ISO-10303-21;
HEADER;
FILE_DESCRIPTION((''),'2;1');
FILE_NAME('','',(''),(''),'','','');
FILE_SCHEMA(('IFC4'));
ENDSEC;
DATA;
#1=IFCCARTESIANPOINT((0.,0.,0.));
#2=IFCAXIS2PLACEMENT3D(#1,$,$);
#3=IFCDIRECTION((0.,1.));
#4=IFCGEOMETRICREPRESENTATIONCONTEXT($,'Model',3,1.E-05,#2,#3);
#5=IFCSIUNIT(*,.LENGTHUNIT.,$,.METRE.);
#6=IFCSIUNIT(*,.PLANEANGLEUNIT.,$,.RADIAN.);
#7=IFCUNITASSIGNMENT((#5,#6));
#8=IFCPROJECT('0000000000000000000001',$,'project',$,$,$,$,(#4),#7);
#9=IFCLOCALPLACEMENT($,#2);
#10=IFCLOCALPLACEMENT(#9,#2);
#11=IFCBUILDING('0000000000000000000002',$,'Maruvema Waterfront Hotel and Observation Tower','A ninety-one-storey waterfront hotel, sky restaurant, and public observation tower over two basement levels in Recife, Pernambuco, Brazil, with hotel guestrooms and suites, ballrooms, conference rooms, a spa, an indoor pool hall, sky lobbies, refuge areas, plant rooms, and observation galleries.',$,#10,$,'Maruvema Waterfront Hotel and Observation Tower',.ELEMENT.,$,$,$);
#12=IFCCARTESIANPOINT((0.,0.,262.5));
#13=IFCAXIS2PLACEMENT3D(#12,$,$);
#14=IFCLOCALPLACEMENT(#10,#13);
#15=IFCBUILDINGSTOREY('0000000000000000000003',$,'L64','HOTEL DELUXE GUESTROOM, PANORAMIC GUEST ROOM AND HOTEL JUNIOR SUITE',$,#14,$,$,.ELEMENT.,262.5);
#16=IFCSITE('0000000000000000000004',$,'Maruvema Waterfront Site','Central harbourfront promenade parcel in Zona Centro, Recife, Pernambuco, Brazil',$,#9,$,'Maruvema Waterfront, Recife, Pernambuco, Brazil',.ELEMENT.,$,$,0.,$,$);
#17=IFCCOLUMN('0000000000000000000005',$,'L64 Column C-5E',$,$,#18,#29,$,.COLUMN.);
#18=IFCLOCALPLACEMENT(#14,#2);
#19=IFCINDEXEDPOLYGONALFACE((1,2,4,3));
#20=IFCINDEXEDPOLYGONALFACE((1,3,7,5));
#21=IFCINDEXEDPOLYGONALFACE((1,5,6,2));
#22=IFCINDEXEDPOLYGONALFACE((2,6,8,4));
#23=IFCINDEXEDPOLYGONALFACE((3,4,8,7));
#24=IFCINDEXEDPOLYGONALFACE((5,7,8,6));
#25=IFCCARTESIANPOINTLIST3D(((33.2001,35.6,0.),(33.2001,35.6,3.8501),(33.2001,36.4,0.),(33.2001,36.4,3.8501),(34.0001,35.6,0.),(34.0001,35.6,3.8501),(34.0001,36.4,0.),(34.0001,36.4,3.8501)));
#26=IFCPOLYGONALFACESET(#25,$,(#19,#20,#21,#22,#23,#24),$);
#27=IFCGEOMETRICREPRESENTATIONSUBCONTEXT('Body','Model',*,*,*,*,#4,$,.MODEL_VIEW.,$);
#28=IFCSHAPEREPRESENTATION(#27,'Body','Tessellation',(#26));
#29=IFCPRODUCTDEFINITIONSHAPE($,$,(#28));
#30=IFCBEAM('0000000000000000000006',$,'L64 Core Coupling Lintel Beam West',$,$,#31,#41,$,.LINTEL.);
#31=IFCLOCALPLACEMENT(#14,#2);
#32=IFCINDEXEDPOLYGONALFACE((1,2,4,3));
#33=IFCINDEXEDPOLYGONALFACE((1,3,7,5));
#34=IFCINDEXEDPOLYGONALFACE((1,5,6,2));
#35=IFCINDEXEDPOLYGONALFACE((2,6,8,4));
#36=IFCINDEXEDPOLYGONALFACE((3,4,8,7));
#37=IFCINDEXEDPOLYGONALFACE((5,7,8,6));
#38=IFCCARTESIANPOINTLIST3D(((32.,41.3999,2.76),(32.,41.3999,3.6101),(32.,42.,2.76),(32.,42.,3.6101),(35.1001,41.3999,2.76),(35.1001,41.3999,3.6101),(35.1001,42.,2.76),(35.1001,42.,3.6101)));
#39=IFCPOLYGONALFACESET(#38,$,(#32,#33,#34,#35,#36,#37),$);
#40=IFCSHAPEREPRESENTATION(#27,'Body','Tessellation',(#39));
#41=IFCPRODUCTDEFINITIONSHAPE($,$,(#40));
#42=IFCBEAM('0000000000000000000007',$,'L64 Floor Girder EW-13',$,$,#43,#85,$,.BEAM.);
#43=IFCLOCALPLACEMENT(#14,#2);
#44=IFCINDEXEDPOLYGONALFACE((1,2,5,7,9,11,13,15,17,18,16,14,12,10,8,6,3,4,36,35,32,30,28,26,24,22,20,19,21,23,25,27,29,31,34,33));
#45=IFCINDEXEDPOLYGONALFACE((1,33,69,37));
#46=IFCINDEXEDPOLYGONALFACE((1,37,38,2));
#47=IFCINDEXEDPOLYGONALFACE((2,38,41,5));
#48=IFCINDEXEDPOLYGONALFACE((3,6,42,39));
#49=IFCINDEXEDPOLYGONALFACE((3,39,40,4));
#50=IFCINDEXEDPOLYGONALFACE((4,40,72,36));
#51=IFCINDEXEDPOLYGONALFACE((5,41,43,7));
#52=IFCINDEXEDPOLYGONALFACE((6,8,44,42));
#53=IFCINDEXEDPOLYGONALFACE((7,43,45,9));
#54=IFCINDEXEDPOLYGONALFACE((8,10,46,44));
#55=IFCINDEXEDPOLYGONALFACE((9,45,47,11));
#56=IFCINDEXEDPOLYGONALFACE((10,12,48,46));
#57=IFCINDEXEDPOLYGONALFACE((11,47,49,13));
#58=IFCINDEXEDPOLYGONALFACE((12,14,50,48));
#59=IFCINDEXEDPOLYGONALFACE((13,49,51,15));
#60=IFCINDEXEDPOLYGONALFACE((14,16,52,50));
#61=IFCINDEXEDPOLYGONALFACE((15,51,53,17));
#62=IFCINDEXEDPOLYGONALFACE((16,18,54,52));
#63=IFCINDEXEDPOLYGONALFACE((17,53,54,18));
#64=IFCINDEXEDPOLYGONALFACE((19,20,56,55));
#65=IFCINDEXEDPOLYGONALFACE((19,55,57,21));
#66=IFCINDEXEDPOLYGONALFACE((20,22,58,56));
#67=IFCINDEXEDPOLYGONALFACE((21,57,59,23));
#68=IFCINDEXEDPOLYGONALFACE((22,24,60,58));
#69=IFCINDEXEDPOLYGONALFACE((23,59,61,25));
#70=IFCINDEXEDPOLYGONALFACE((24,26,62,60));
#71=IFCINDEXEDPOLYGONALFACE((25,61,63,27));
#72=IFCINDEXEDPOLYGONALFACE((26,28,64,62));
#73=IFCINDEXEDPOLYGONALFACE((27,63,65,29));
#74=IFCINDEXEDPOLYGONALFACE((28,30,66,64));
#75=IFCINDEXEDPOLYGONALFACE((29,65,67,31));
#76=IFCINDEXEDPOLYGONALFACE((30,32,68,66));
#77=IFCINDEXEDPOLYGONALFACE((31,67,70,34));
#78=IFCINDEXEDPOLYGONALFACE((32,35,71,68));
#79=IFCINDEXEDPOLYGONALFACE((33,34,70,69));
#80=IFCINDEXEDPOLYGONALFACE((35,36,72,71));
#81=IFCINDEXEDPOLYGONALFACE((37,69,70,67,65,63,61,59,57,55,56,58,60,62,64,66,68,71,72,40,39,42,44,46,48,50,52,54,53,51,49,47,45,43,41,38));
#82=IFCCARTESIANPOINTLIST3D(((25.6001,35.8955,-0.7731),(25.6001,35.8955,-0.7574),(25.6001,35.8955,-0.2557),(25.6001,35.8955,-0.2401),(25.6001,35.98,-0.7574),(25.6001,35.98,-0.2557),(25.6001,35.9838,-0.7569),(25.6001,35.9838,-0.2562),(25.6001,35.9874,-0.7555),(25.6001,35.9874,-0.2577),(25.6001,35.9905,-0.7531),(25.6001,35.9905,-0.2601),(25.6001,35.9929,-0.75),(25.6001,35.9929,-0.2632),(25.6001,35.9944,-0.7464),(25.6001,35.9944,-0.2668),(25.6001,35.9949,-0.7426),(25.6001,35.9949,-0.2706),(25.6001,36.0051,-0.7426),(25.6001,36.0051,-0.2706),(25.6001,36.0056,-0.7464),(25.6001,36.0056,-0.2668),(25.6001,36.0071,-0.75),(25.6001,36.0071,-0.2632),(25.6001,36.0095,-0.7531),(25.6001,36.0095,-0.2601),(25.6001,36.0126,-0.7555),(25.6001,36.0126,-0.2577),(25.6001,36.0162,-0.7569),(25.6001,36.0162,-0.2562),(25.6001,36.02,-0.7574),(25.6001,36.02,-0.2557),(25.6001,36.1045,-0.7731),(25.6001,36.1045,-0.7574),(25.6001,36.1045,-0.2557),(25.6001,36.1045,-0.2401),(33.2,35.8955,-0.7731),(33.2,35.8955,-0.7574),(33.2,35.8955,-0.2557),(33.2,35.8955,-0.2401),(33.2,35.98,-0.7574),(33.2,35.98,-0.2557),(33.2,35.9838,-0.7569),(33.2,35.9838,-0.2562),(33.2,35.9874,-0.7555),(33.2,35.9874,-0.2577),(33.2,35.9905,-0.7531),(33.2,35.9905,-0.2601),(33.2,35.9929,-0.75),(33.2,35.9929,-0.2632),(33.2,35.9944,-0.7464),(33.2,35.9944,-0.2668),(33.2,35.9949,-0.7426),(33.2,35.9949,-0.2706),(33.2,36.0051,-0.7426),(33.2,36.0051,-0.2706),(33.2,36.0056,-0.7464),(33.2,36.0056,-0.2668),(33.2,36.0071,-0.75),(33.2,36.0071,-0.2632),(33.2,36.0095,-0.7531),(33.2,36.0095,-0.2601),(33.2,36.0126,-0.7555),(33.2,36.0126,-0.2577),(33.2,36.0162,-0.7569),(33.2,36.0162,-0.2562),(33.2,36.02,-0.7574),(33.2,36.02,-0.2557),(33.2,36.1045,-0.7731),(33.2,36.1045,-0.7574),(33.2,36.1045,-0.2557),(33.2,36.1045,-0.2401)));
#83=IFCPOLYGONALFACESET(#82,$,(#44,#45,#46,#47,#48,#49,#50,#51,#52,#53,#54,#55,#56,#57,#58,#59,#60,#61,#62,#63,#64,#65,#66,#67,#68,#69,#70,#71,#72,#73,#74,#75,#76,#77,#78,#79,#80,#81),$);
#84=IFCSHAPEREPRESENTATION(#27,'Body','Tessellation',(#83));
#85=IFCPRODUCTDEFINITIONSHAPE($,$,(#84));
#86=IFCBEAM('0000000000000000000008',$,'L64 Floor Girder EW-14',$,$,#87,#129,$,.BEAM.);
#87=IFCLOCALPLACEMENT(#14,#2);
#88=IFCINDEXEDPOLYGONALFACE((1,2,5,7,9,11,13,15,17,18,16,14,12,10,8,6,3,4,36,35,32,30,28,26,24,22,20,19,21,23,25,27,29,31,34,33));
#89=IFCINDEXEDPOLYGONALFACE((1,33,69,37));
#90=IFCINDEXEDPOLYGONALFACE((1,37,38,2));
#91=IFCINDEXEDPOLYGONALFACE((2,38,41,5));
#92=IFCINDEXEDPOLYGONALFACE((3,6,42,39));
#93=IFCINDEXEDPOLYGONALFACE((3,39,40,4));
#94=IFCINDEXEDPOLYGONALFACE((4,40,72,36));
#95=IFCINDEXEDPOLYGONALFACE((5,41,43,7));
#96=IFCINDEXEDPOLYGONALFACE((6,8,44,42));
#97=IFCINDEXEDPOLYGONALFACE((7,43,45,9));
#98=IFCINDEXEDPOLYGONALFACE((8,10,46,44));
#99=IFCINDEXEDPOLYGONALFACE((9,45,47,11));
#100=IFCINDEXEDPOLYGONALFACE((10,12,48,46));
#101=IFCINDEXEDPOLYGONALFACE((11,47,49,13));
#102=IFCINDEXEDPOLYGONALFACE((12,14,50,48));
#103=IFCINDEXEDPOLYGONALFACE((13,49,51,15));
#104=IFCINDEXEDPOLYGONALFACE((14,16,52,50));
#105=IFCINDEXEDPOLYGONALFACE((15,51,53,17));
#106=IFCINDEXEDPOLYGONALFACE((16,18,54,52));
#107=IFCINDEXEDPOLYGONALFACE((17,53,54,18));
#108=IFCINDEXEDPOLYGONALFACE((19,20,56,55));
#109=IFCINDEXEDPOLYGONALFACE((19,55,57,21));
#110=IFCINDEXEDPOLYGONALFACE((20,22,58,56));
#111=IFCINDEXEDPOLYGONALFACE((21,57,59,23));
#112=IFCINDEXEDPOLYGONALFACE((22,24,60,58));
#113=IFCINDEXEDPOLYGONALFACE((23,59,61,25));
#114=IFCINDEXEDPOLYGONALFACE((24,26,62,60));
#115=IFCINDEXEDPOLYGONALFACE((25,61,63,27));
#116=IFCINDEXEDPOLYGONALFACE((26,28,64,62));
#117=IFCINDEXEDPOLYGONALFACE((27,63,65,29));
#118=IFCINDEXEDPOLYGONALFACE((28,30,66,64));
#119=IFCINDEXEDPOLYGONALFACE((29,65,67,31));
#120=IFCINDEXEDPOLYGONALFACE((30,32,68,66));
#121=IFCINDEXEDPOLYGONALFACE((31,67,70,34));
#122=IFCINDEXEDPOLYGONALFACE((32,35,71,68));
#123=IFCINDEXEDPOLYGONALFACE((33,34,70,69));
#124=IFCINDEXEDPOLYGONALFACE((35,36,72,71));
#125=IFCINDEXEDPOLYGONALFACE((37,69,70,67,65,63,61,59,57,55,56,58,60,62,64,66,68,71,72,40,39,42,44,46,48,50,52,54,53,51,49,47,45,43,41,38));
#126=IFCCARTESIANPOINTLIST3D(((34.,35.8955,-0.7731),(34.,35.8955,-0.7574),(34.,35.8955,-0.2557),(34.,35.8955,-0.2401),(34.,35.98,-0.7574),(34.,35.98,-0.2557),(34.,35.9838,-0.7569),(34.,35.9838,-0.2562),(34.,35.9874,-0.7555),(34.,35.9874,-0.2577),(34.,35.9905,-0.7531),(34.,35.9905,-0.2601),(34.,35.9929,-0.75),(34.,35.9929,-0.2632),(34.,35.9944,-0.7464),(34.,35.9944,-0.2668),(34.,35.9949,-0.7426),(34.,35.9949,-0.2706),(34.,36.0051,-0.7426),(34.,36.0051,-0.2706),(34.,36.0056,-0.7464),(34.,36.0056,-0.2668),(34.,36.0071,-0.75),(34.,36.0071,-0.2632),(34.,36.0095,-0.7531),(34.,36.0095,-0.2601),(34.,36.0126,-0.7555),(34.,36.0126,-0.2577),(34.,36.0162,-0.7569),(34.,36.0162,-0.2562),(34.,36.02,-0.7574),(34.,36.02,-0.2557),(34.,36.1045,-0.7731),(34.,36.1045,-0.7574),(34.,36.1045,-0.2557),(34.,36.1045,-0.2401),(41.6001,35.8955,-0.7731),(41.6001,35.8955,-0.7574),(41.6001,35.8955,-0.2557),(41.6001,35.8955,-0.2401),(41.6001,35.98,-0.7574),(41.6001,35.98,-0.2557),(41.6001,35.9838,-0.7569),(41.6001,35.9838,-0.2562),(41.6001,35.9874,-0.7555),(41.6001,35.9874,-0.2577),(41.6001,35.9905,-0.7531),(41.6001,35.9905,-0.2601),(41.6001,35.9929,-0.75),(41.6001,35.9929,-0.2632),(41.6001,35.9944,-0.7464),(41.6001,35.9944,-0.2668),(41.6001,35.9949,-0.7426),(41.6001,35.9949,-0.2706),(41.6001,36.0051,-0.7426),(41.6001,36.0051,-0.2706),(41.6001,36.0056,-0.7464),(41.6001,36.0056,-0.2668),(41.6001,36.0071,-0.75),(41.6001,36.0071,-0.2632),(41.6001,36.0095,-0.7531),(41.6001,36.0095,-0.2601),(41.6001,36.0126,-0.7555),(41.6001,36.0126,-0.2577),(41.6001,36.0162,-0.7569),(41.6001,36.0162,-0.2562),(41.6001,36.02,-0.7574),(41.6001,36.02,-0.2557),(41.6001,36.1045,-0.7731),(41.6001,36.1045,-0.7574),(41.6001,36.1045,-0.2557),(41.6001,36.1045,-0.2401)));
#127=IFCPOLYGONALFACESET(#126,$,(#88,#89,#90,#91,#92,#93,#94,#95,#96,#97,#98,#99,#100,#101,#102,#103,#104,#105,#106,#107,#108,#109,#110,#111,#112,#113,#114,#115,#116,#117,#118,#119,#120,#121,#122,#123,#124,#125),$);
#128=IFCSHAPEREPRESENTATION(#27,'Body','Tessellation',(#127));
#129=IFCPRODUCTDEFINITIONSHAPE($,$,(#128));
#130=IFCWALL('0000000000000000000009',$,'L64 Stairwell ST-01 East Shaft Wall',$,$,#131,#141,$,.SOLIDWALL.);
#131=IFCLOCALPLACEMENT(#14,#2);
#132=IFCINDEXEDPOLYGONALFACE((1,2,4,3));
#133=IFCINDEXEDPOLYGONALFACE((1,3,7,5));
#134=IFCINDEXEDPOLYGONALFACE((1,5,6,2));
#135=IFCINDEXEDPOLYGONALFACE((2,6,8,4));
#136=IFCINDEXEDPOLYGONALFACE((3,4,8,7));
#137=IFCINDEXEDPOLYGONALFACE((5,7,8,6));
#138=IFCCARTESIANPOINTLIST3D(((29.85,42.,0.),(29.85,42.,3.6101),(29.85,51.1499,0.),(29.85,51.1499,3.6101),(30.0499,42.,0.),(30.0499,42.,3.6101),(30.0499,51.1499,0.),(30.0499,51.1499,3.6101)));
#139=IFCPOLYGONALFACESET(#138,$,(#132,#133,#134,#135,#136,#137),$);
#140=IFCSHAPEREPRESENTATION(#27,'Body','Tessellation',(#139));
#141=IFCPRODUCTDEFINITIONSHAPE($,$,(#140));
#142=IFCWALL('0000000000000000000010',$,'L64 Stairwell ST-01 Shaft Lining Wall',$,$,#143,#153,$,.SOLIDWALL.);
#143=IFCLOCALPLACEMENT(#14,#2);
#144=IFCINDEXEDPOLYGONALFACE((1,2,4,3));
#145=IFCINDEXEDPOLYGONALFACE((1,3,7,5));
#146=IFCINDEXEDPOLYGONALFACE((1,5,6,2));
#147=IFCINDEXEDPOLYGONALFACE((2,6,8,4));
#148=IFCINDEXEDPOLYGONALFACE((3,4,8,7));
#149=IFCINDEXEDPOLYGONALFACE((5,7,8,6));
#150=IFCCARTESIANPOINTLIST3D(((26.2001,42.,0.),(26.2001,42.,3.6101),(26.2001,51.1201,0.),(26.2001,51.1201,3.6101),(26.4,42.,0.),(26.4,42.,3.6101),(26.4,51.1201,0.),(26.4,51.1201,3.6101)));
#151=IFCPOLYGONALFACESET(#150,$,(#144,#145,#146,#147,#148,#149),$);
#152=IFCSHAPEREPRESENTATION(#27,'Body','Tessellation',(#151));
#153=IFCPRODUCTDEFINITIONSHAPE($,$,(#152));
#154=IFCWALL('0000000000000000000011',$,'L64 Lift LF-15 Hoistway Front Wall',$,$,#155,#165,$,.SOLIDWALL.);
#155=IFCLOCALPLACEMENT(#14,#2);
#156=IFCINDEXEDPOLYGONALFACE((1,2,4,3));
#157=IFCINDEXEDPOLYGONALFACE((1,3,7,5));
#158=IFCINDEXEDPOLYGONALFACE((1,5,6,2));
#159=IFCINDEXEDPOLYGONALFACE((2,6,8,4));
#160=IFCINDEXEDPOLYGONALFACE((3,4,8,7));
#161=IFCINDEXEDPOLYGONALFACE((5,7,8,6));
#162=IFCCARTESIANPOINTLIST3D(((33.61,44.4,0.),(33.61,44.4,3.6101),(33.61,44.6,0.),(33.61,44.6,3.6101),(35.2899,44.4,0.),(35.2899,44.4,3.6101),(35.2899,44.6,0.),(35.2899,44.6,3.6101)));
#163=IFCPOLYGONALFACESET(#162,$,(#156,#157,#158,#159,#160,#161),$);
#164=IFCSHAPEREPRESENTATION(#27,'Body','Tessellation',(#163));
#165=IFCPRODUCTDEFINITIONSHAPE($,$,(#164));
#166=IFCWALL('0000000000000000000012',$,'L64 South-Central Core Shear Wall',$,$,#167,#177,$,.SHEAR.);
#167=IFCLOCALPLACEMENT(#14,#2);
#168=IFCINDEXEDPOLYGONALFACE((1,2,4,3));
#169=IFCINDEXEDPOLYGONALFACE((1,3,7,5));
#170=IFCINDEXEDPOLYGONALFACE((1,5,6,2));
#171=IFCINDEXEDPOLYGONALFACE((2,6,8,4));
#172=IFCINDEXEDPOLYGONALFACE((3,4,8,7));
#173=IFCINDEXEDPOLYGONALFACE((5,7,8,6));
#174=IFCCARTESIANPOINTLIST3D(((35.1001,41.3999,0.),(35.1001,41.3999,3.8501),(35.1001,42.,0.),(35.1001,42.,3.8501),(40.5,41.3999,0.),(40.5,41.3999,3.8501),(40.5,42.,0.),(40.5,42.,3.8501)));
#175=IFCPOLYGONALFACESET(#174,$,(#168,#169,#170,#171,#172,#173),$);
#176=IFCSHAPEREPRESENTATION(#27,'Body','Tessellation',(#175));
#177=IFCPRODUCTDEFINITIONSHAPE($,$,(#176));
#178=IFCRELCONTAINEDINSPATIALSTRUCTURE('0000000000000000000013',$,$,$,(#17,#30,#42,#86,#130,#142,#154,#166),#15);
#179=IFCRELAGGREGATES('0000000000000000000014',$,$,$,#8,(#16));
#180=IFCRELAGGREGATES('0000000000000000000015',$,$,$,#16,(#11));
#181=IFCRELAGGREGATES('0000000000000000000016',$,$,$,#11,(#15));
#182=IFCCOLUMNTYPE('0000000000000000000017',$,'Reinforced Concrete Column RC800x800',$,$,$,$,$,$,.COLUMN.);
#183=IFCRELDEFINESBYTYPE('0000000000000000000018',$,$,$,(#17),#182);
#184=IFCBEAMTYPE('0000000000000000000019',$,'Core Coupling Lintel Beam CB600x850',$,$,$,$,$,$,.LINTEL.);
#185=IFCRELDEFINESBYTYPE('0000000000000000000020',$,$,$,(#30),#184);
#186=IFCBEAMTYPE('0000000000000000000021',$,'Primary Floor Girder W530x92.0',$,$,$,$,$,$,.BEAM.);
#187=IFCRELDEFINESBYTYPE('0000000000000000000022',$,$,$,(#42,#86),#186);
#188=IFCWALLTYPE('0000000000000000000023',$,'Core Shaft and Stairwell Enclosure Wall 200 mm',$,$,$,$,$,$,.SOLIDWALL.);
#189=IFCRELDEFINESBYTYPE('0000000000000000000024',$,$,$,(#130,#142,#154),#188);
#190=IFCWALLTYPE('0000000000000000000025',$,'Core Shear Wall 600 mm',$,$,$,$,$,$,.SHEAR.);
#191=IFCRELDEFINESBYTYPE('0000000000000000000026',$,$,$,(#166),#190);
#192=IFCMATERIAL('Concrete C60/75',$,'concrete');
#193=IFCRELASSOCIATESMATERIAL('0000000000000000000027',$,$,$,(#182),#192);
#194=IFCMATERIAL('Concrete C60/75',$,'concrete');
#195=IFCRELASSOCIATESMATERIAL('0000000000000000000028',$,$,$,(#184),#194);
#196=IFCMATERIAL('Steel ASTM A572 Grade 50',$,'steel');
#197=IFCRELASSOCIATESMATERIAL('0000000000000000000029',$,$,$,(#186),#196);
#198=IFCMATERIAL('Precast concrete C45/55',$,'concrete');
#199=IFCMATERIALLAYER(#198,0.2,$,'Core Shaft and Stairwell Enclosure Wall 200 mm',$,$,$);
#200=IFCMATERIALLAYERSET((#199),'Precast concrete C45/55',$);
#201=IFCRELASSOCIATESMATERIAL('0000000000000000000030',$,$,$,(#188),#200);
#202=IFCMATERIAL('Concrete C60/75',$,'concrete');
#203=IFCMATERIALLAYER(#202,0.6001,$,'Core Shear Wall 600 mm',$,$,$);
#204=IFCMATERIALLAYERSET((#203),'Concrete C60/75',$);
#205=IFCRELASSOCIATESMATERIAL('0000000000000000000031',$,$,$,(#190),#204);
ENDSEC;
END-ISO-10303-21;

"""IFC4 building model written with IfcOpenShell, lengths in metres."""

from ifc_helpers import new_model, si_unit, direction, frame, frame_2d, origin, origin_2d, place, context, subcontext, project, spatial, rectangle, i_section, extrude, material, layer, layer_set, material_profile, profile_set, type_object, element, save


model = new_model("IFC4")

# Units and contexts
model_context = context("Model", 3, precision=1e-05, world=origin(), true_north=direction((0.0, 1.0)))
body_context = subcontext(model_context, "Body", "Model", "MODEL_VIEW")
ifc_project = project(units=[si_unit("LENGTHUNIT", "METRE"), si_unit("PLANEANGLEUNIT", "RADIAN")], contexts=[model_context])

# Site, building, storey
site_placement = place(None, origin())
site = spatial("IfcSite", under=ifc_project, at=site_placement, Name="Maruvema Waterfront Site", Description="Central harbourfront promenade parcel in Zona Centro, Recife, Pernambuco, Brazil", LongName="Maruvema Waterfront, Recife, Pernambuco, Brazil", CompositionType="ELEMENT", RefElevation=0.0)
building_placement = place(site_placement, origin())
building = spatial("IfcBuilding", under=site, at=building_placement, Name="Maruvema Waterfront Hotel and Observation Tower", Description="A ninety-one-storey waterfront hotel, sky restaurant, and public observation tower over two basement levels in Recife, Pernambuco, Brazil, with hotel guestrooms and suites, ballrooms, conference rooms, a spa, an indoor pool hall, sky lobbies, refuge areas, plant rooms, and observation galleries.", LongName="Maruvema Waterfront Hotel and Observation Tower", CompositionType="ELEMENT")
storey_placement = place(building_placement, frame((0.0, 0.0, 262.5)))
storey = spatial("IfcBuildingStorey", under=building, at=storey_placement, Name="L64", Description="HOTEL DELUXE GUESTROOM, PANORAMIC GUEST ROOM AND HOTEL JUNIOR SUITE", CompositionType="ELEMENT", Elevation=262.5)

# Column
ifc_material_1 = material(Name="Concrete C60/75", Category="concrete")
ifc_material_profile_1 = material_profile(ifc_material_1, rectangle(XDim=0.8, YDim=0.8, at=origin_2d()), Name="RC800x800")
ifc_profile_set_1 = profile_set([ifc_material_profile_1], Name="Concrete C60/75")
column_type = type_object("IfcColumnType", Name="Reinforced Concrete Column RC800x800", PredefinedType="COLUMN", material=ifc_profile_set_1)
column_placement = place(storey_placement, frame((33.6001, 36.0, 0.0), z_axis=(0.0, 0.0, 1.0), x_axis=(1.0, 0.0, 0.0)))
element("IfcColumn", 1, at=column_placement, inside=storey, type_object=column_type, Name="L64 Column C-5E", PredefinedType="COLUMN", context=body_context, shape_type="SweptSolid", body=[
    extrude(rectangle(XDim=0.8, YDim=0.8, at=origin_2d()), origin(), (0.0, 0.0, 1.0), 3.8501),
])

# Beams
ifc_material_2 = material(Name="Concrete C60/75", Category="concrete")
ifc_material_profile_2 = material_profile(ifc_material_2, rectangle(XDim=0.6001, YDim=0.8501, at=origin_2d()), Name="CB600x850")
ifc_profile_set_2 = profile_set([ifc_material_profile_2], Name="Concrete C60/75")
beam_type_1 = type_object("IfcBeamType", Name="Core Coupling Lintel Beam CB600x850", PredefinedType="LINTEL", material=ifc_profile_set_2)
beam_1_placement = place(storey_placement, frame((32.0, 41.7, 3.1851), z_axis=(1.0, 0.0, 0.0), x_axis=(0.0, 1.0, 0.0)))
element("IfcBeam", 2, at=beam_1_placement, inside=storey, type_object=beam_type_1, Name="L64 Core Coupling Lintel Beam West", PredefinedType="LINTEL", context=body_context, shape_type="SweptSolid", body=[
    extrude(rectangle(XDim=0.6001, YDim=0.8501, at=origin_2d()), origin(), (0.0, 0.0, 1.0), 3.1001),
])
ifc_material_3 = material(Name="Steel ASTM A572 Grade 50", Category="steel")
ifc_material_profile_3 = material_profile(ifc_material_3, i_section(OverallWidth=0.209, OverallDepth=0.533, WebThickness=0.0103, FlangeThickness=0.0156, FilletRadius=0.0149, at=origin_2d()), Name="W530x92.0")
ifc_profile_set_3 = profile_set([ifc_material_profile_3], Name="Steel ASTM A572 Grade 50")
beam_type_2 = type_object("IfcBeamType", Name="Primary Floor Girder W530x92.0", PredefinedType="BEAM", material=ifc_profile_set_3)
beam_2_placement = place(storey_placement, frame((25.6001, 36.0, -0.5066), z_axis=(1.0, 0.0, 0.0), x_axis=(0.0, 1.0, 0.0)))
element("IfcBeam", 3, at=beam_2_placement, inside=storey, type_object=beam_type_2, Name="L64 Floor Girder EW-13", PredefinedType="BEAM", context=body_context, shape_type="SweptSolid", body=[
    extrude(i_section(OverallWidth=0.209, OverallDepth=0.533, WebThickness=0.0103, FlangeThickness=0.0156, FilletRadius=0.0149, at=origin_2d()), origin(), (0.0, 0.0, 1.0), 7.5999),
])
beam_3_placement = place(storey_placement, frame((34.0, 36.0, -0.5066), z_axis=(1.0, 0.0, 0.0), x_axis=(0.0, 1.0, 0.0)))
element("IfcBeam", 4, at=beam_3_placement, inside=storey, type_object=beam_type_2, Name="L64 Floor Girder EW-14", PredefinedType="BEAM", context=body_context, shape_type="SweptSolid", body=[
    extrude(i_section(OverallWidth=0.209, OverallDepth=0.533, WebThickness=0.0103, FlangeThickness=0.0156, FilletRadius=0.0149, at=origin_2d()), origin(), (0.0, 0.0, 1.0), 7.6001),
])

# Walls
ifc_material_4 = material(Name="Precast concrete C45/55", Category="concrete")
ifc_layer_1 = layer(ifc_material_4, 0.2, Name="Core Shaft and Stairwell Enclosure Wall 200 mm")
ifc_layer_set_1 = layer_set([ifc_layer_1], Name="Precast concrete C45/55")
wall_type_1 = type_object("IfcWallType", Name="Core Shaft and Stairwell Enclosure Wall 200 mm", PredefinedType="SOLIDWALL", material=ifc_layer_set_1)
wall_1_placement = place(storey_placement, frame((29.95, 42.0, 0.0), z_axis=(0.0, 0.0, 1.0), x_axis=(0.0, 1.0, 0.0)))
element("IfcWall", 5, at=wall_1_placement, inside=storey, type_object=wall_type_1, Name="L64 Stairwell ST-01 East Shaft Wall", PredefinedType="SOLIDWALL", context=body_context, shape_type="SweptSolid", body=[
    extrude(rectangle(XDim=9.1499, YDim=0.2, at=frame_2d((4.575, 0.0))), origin(), (0.0, 0.0, 1.0), 3.6101),
])
wall_2_placement = place(storey_placement, frame((26.3, 42.0, 0.0), z_axis=(0.0, 0.0, 1.0), x_axis=(0.0, 1.0, 0.0)))
element("IfcWall", 6, at=wall_2_placement, inside=storey, type_object=wall_type_1, Name="L64 Stairwell ST-01 Shaft Lining Wall", PredefinedType="SOLIDWALL", context=body_context, shape_type="SweptSolid", body=[
    extrude(rectangle(XDim=9.1201, YDim=0.2, at=frame_2d((4.5601, 0.0))), origin(), (0.0, 0.0, 1.0), 3.6101),
])
wall_3_placement = place(storey_placement, frame((33.6101, 44.5, 0.0), z_axis=(0.0, 0.0, 1.0), x_axis=(1.0, 0.0, 0.0)))
element("IfcWall", 7, at=wall_3_placement, inside=storey, type_object=wall_type_1, Name="L64 Lift LF-15 Hoistway Front Wall", PredefinedType="SOLIDWALL", context=body_context, shape_type="SweptSolid", body=[
    extrude(rectangle(XDim=1.6799, YDim=0.2, at=frame_2d((0.8398, 0.0))), origin(), (0.0, 0.0, 1.0), 3.6101),
])
ifc_material_5 = material(Name="Concrete C60/75", Category="concrete")
ifc_layer_2 = layer(ifc_material_5, 0.6001, Name="Core Shear Wall 600 mm")
ifc_layer_set_2 = layer_set([ifc_layer_2], Name="Concrete C60/75")
wall_type_2 = type_object("IfcWallType", Name="Core Shear Wall 600 mm", PredefinedType="SHEAR", material=ifc_layer_set_2)
wall_4_placement = place(storey_placement, frame((35.1001, 41.7, 0.0), z_axis=(0.0, 0.0, 1.0), x_axis=(1.0, 0.0, 0.0)))
element("IfcWall", 8, at=wall_4_placement, inside=storey, type_object=wall_type_2, Name="L64 South-Central Core Shear Wall", PredefinedType="SHEAR", context=body_context, shape_type="SweptSolid", body=[
    extrude(rectangle(XDim=5.3999, YDim=0.6001, at=frame_2d((2.7, 0.0))), origin(), (0.0, 0.0, 1.0), 3.8501),
])

save(model, "model.ifc")
